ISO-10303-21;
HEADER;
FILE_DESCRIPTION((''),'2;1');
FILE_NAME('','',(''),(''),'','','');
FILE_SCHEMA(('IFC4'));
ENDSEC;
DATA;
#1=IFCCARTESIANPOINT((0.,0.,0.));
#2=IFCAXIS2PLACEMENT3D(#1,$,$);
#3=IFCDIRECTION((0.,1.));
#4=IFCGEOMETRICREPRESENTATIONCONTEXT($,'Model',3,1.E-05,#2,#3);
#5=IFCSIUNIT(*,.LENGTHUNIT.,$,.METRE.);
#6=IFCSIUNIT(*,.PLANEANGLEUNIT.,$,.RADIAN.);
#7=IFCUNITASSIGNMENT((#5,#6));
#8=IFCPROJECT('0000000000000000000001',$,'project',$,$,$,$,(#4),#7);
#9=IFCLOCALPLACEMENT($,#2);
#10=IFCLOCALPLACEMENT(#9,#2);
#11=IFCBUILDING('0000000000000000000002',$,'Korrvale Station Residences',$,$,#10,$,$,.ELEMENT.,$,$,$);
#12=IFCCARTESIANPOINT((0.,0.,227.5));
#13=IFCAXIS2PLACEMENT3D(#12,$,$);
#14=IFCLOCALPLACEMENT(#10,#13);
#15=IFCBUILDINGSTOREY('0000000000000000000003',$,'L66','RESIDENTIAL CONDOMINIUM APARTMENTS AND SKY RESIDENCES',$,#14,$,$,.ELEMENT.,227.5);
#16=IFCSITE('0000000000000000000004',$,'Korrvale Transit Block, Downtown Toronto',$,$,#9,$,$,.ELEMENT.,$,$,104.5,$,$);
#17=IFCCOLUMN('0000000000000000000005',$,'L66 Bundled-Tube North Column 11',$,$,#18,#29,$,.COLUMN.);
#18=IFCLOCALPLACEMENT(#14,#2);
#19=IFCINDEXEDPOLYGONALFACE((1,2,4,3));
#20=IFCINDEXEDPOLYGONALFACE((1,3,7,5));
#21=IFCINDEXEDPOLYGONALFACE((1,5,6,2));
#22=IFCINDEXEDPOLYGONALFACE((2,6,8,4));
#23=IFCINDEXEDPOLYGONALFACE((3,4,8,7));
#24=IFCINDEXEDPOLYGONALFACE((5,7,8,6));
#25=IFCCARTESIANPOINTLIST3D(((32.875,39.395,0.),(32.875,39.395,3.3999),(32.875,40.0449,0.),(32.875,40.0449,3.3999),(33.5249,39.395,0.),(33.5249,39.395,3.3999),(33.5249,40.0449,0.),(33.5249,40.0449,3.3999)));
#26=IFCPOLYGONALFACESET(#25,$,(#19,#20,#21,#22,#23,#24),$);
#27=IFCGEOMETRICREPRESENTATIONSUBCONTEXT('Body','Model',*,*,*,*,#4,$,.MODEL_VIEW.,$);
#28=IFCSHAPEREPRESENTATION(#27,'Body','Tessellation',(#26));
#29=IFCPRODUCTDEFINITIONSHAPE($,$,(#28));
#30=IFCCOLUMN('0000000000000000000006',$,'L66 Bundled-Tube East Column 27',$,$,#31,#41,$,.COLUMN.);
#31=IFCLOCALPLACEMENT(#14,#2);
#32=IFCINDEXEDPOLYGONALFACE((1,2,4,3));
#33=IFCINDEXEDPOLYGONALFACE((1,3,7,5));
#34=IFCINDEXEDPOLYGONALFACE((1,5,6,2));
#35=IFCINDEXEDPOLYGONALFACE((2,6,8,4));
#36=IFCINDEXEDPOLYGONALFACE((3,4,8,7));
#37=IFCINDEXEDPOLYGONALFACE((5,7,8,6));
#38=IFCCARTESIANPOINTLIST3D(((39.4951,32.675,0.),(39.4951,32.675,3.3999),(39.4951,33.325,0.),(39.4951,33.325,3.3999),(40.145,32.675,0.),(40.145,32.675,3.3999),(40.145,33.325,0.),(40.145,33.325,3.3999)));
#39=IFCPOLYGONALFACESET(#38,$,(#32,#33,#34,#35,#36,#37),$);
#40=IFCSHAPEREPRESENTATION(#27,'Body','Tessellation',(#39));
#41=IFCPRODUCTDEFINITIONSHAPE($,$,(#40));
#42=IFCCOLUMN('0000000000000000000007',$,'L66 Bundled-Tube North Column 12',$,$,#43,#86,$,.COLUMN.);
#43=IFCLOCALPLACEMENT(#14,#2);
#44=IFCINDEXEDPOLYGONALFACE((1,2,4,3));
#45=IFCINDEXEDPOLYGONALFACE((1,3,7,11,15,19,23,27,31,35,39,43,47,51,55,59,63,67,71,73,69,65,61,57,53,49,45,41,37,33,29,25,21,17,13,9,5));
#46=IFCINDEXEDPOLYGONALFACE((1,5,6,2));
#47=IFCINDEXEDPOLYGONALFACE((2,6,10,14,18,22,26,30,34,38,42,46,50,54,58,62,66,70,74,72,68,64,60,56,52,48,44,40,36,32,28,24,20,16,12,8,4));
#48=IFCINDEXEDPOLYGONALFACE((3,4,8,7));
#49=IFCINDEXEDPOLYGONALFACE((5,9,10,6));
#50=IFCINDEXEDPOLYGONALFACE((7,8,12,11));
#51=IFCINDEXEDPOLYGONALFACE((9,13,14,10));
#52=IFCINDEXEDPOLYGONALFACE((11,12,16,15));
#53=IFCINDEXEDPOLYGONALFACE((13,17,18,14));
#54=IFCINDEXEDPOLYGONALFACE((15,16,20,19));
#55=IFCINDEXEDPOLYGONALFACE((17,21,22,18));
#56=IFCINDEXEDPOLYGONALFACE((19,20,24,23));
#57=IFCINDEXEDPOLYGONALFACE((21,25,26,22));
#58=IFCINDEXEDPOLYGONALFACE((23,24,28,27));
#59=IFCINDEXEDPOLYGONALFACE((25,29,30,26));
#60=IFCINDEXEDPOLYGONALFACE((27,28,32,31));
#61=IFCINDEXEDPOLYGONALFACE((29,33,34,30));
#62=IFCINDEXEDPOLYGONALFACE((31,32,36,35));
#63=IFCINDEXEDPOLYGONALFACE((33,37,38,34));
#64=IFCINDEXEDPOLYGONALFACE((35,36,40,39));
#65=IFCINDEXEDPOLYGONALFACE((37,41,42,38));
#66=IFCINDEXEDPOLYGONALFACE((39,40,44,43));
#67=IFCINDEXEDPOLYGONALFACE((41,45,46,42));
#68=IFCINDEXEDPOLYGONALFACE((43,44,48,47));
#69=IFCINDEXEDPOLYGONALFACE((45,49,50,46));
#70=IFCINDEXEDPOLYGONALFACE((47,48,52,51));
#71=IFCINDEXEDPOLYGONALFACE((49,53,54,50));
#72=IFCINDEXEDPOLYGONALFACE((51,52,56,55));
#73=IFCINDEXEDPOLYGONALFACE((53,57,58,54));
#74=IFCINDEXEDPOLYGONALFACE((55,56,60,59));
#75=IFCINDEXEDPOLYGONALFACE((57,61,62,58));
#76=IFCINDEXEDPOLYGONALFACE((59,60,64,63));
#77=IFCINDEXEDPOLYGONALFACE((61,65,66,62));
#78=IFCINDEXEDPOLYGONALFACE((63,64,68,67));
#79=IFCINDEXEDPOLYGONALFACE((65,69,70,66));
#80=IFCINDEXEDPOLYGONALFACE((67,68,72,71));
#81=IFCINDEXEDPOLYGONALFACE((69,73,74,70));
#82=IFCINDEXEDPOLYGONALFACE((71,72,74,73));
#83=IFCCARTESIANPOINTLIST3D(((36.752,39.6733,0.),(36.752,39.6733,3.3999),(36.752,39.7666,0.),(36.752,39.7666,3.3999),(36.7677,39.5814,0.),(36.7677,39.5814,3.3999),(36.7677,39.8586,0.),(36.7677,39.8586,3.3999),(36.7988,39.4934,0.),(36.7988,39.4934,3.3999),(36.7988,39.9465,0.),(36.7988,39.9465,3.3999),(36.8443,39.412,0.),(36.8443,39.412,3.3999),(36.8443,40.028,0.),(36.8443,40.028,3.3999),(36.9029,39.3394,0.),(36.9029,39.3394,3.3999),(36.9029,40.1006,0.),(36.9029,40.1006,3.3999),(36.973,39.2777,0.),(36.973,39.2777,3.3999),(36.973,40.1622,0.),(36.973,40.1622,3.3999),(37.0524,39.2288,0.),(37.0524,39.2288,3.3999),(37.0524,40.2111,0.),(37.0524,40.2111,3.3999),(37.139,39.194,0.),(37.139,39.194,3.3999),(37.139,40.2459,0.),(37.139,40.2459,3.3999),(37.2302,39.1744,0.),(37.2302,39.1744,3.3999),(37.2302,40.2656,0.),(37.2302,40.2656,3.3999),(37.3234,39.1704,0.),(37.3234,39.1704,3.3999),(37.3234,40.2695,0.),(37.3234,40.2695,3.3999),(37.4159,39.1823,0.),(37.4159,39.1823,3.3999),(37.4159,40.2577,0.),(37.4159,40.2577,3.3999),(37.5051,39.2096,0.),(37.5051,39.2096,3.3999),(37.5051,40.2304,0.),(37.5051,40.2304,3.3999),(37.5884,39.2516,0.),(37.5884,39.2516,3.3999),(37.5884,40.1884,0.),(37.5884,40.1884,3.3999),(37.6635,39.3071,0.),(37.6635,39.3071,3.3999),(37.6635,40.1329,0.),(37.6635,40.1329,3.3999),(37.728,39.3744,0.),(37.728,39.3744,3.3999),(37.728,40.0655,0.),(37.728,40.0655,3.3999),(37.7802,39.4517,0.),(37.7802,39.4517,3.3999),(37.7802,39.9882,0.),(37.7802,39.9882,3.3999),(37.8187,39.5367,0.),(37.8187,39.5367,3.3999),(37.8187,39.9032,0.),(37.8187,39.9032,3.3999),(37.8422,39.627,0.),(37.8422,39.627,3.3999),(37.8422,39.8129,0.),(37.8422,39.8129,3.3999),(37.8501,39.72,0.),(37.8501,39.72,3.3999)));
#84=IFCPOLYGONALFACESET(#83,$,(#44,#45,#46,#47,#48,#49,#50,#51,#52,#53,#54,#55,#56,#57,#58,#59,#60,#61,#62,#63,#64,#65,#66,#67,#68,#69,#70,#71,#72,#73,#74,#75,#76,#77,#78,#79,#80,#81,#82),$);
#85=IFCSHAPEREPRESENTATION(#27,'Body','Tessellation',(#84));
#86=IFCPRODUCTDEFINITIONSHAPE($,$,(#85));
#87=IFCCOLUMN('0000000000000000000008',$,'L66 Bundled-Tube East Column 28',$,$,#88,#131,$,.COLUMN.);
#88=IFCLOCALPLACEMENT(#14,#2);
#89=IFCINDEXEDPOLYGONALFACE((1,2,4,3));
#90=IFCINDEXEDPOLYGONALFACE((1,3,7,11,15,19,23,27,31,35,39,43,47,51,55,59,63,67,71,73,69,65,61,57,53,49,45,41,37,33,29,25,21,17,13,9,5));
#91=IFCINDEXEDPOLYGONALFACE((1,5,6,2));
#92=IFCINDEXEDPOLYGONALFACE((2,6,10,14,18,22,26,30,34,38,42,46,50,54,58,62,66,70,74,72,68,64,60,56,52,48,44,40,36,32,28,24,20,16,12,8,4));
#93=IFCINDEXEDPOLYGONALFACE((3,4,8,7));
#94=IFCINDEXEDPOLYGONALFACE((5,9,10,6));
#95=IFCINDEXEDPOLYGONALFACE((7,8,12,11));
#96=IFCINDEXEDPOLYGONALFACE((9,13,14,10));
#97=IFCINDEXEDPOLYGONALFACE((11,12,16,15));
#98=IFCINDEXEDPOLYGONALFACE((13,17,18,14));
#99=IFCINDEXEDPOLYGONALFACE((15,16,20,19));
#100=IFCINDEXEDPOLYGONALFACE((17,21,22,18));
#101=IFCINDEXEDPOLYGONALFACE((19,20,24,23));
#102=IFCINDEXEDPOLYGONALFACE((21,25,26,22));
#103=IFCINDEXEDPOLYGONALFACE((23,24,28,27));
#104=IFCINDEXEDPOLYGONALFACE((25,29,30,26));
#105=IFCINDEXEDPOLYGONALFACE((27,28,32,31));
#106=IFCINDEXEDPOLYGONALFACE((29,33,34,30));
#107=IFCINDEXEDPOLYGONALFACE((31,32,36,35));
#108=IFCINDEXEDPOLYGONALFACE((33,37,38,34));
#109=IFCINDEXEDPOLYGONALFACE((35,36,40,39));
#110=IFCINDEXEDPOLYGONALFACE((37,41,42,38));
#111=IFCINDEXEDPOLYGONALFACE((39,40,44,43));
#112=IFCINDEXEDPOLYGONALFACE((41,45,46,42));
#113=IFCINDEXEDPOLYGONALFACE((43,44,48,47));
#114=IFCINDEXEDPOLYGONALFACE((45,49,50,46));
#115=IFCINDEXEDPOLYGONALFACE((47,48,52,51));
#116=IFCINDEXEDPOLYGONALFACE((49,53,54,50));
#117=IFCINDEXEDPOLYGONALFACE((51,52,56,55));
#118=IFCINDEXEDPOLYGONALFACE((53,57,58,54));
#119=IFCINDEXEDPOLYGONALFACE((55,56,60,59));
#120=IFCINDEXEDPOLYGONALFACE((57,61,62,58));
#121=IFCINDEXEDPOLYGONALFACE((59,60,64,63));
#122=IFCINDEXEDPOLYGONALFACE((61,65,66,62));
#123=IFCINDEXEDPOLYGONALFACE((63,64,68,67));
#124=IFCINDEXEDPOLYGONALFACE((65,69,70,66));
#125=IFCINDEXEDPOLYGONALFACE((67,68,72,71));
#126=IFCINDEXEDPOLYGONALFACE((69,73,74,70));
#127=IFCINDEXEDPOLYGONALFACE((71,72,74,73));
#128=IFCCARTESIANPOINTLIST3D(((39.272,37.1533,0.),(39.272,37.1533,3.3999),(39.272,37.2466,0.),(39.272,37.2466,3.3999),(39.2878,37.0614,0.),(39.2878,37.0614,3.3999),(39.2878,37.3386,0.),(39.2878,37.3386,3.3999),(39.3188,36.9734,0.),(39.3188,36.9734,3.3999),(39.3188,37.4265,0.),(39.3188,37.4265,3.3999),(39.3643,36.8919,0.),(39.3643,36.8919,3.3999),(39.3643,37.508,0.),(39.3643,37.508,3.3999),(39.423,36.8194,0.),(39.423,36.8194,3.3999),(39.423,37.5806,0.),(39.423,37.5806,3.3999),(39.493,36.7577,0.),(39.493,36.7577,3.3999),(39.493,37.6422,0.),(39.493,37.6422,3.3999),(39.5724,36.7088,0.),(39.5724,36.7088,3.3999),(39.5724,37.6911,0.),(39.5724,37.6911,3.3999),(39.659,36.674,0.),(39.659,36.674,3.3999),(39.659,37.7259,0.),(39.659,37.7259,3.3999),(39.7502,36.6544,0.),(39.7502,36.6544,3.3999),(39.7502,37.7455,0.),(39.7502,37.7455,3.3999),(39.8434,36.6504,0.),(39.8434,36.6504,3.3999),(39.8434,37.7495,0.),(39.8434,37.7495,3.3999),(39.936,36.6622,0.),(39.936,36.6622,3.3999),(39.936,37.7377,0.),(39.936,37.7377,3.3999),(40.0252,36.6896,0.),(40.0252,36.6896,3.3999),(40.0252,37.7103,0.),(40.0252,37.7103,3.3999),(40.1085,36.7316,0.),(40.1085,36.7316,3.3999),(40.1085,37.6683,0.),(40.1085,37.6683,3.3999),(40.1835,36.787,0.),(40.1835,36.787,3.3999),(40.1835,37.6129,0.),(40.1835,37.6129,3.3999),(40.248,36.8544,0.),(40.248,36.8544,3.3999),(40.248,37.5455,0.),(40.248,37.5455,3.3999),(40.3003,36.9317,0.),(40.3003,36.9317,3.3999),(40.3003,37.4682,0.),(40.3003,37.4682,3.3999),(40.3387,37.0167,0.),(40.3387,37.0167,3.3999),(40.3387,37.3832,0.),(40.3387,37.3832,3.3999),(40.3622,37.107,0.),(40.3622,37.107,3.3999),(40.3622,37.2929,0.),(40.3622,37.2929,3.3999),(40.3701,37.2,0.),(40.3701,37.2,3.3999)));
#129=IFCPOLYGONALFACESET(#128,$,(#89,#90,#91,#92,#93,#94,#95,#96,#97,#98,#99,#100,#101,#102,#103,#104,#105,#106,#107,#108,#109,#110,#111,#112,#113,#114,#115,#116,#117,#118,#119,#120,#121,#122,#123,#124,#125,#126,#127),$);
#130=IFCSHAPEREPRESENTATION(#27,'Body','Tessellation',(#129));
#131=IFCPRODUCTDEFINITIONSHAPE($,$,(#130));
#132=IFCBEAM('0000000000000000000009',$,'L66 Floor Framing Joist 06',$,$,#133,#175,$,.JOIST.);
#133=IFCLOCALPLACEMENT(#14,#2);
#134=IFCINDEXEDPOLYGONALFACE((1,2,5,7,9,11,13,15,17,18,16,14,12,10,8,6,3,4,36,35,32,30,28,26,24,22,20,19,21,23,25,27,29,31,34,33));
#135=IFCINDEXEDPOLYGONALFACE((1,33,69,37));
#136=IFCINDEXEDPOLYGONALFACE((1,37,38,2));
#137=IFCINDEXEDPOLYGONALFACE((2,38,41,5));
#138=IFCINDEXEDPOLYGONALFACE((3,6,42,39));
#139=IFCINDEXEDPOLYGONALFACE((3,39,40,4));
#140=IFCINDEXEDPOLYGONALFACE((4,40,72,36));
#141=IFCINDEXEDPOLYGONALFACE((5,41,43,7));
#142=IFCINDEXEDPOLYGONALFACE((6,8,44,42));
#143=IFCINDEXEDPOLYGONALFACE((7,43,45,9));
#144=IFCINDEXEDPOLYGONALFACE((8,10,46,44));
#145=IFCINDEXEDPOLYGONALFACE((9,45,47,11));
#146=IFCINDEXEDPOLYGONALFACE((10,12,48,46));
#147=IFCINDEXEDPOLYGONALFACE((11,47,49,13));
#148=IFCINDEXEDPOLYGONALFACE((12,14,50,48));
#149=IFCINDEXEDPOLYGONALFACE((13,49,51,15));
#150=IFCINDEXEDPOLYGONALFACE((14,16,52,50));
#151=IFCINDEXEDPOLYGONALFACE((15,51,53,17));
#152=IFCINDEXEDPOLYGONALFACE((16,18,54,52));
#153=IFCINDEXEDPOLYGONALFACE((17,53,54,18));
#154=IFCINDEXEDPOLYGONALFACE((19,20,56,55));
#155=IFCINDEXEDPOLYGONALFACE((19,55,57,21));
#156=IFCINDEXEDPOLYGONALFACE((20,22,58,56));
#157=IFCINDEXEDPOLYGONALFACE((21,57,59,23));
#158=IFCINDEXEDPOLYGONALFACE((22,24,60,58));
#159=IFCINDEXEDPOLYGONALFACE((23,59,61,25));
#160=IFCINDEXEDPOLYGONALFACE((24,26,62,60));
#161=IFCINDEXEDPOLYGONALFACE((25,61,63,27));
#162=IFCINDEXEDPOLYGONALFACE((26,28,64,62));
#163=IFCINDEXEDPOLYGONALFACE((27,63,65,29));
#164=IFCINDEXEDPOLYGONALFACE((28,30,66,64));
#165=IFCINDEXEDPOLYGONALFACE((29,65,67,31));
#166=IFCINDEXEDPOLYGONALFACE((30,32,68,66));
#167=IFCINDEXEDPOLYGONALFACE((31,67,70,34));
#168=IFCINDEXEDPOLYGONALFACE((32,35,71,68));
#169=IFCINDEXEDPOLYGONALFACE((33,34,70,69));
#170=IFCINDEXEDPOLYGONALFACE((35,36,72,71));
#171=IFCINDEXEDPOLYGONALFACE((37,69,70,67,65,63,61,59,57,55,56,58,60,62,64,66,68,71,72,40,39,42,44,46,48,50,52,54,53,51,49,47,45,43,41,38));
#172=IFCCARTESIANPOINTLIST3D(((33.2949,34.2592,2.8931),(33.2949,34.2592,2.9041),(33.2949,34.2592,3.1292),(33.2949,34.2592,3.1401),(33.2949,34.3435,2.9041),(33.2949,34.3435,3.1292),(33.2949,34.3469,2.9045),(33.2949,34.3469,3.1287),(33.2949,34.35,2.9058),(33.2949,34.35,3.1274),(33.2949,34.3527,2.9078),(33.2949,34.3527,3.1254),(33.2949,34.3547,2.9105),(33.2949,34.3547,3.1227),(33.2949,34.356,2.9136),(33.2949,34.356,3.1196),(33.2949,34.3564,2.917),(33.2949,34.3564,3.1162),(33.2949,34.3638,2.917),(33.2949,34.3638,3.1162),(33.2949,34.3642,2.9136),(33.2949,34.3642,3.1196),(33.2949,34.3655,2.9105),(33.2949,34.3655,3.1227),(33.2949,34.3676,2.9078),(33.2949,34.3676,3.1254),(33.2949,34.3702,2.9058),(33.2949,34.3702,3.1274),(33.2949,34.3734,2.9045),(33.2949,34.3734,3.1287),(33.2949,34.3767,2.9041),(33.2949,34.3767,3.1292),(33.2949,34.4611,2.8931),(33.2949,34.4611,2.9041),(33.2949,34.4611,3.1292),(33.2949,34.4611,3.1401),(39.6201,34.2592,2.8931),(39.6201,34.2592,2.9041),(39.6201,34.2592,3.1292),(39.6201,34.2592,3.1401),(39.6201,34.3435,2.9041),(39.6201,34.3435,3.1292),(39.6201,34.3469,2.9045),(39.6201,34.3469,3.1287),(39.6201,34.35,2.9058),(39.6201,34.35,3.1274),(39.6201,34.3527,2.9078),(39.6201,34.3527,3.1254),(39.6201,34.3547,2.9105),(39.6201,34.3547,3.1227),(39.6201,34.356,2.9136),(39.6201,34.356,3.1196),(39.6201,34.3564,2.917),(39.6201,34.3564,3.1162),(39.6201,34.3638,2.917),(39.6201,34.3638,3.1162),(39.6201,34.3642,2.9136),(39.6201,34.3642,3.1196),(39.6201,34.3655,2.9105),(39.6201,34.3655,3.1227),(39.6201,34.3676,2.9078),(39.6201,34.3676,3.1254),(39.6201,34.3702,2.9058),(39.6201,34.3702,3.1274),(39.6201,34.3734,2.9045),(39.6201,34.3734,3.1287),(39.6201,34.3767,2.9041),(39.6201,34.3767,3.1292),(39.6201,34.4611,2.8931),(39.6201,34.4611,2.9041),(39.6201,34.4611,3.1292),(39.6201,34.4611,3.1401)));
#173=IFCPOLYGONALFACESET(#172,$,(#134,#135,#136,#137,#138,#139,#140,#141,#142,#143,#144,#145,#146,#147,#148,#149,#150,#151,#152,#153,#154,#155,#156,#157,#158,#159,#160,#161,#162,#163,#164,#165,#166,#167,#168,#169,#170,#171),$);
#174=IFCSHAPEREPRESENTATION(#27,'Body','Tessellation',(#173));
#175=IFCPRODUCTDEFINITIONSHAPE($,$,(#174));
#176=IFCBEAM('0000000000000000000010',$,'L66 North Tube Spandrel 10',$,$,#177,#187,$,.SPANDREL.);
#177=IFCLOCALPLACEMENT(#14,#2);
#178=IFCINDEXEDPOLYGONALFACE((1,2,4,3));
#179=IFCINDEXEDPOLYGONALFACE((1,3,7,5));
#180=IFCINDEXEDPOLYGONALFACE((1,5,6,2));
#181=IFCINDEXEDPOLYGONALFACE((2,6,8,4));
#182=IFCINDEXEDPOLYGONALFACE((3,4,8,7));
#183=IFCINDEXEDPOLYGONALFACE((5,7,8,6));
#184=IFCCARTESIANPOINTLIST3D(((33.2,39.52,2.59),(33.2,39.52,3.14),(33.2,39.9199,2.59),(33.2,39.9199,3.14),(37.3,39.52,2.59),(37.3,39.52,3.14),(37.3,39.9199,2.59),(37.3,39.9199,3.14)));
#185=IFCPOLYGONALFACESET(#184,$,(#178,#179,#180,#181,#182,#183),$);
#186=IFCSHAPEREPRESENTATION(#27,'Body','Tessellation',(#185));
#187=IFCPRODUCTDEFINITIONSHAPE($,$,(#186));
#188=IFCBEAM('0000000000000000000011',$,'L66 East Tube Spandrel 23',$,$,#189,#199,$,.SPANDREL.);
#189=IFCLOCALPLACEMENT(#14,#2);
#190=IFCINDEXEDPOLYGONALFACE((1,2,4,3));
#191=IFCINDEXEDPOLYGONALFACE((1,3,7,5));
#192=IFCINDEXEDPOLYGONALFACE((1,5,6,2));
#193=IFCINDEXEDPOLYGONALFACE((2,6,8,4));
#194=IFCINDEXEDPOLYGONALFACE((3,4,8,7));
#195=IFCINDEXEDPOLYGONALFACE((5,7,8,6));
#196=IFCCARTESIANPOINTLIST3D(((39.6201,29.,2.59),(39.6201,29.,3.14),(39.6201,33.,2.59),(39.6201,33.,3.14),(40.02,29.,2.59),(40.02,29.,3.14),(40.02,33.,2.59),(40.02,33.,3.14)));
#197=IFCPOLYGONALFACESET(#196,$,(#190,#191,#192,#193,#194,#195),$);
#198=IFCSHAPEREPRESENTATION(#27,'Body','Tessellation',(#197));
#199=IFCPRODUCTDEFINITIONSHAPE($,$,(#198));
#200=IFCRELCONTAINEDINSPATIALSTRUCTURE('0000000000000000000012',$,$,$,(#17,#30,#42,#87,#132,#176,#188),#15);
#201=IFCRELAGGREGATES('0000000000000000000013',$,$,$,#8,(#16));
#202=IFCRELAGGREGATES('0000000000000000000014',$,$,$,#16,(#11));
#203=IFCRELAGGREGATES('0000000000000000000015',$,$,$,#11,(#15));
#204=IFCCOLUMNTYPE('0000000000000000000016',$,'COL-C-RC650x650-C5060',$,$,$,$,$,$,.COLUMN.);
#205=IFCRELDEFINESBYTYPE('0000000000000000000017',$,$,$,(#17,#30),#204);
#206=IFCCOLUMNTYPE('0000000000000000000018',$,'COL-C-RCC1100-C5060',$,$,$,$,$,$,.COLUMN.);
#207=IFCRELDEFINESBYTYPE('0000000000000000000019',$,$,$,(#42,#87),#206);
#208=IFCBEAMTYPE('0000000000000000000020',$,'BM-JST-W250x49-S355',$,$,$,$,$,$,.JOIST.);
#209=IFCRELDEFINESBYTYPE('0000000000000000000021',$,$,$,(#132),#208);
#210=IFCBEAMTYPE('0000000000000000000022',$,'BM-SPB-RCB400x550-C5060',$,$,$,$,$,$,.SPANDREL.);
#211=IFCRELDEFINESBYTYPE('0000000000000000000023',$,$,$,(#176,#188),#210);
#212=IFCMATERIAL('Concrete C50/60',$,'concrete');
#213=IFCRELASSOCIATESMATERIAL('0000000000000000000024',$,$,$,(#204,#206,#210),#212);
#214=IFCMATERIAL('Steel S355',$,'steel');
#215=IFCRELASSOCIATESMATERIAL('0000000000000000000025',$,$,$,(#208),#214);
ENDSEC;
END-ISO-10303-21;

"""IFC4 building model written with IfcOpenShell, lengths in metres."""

from ifc_helpers import new_model, si_unit, direction, frame, origin, origin_2d, place, context, subcontext, project, spatial, rectangle, circle, i_section, extrude, material, material_profile, profile_set, type_object, element, save


model = new_model("IFC4")

# Units and contexts
model_context = context("Model", 3, precision=1e-05, world=origin(), true_north=direction((0.0, 1.0)))
body_context = subcontext(model_context, "Body", "Model", "MODEL_VIEW")
ifc_project = project(units=[si_unit("LENGTHUNIT", "METRE"), si_unit("PLANEANGLEUNIT", "RADIAN")], contexts=[model_context])

# Site, building, storey
site_placement = place(None, origin())
site = spatial("IfcSite", under=ifc_project, at=site_placement, Name="Korrvale Transit Block, Downtown Toronto", CompositionType="ELEMENT", RefElevation=104.5)
building_placement = place(site_placement, origin())
building = spatial("IfcBuilding", under=site, at=building_placement, Name="Korrvale Station Residences", CompositionType="ELEMENT")
storey_placement = place(building_placement, frame((0.0, 0.0, 227.5)))
storey = spatial("IfcBuildingStorey", under=building, at=storey_placement, Name="L66", Description="RESIDENTIAL CONDOMINIUM APARTMENTS AND SKY RESIDENCES", CompositionType="ELEMENT", Elevation=227.5)

# Columns
ifc_material_1 = material(Name="Concrete C50/60", Category="concrete")
ifc_material_profile_1 = material_profile(ifc_material_1, rectangle(XDim=0.6499, YDim=0.6499, at=origin_2d()), Name="RC650x650")
ifc_profile_set_1 = profile_set([ifc_material_profile_1], Name="Concrete C50/60")
column_type_1 = type_object("IfcColumnType", Name="COL-C-RC650x650-C5060", PredefinedType="COLUMN", material=ifc_profile_set_1)
for number, where, z_axis, x_axis, name in (
    (1, (33.2, 39.72, 0.0), (0.0, 0.0, 1.0), (1.0, 0.0, 0.0), "L66 Bundled-Tube North Column 11"),
    (2, (39.8201, 33.0, 0.0), (0.0, 0.0, 1.0), (1.0, 0.0, 0.0), "L66 Bundled-Tube East Column 27"),
):
    element("IfcColumn", number, at=place(storey_placement, frame(where, z_axis=z_axis, x_axis=x_axis)), inside=storey, type_object=column_type_1, Name=name, PredefinedType="COLUMN", context=body_context, shape_type="SweptSolid", body=[
        extrude(rectangle(XDim=0.6499, YDim=0.6499, at=origin_2d()), origin(), (0.0, 0.0, 1.0), 3.3999),
    ])
ifc_material_profile_2 = material_profile(ifc_material_1, circle(Radius=0.55, at=origin_2d()), Name="RCC1100")
ifc_profile_set_2 = profile_set([ifc_material_profile_2], Name="Concrete C50/60")
column_type_2 = type_object("IfcColumnType", Name="COL-C-RCC1100-C5060", PredefinedType="COLUMN", material=ifc_profile_set_2)
for number, where, z_axis, x_axis, name in (
    (3, (37.3, 39.72, 0.0), (0.0, 0.0, 1.0), (1.0, 0.0, 0.0), "L66 Bundled-Tube North Column 12"),
    (4, (39.8201, 37.2, 0.0), (0.0, 0.0, 1.0), (1.0, 0.0, 0.0), "L66 Bundled-Tube East Column 28"),
):
    element("IfcColumn", number, at=place(storey_placement, frame(where, z_axis=z_axis, x_axis=x_axis)), inside=storey, type_object=column_type_2, Name=name, PredefinedType="COLUMN", context=body_context, shape_type="SweptSolid", body=[
        extrude(circle(Radius=0.55, at=origin_2d()), origin(), (0.0, 0.0, 1.0), 3.3999),
    ])

# Beams
ifc_material_2 = material(Name="Steel S355", Category="steel")
ifc_material_profile_3 = material_profile(ifc_material_2, i_section(OverallWidth=0.2019, OverallDepth=0.2471, WebThickness=0.0073, FlangeThickness=0.011, FilletRadius=0.0129, at=origin_2d()), Name="W250x49")
ifc_profile_set_3 = profile_set([ifc_material_profile_3], Name="Steel S355")
beam_type_1 = type_object("IfcBeamType", Name="BM-JST-W250x49-S355", PredefinedType="JOIST", material=ifc_profile_set_3)
beam_1_placement = place(storey_placement, frame((33.2949, 34.3601, 3.0166), z_axis=(1.0, 0.0, 0.0), x_axis=(0.0, 1.0, 0.0)))
element("IfcBeam", 5, at=beam_1_placement, inside=storey, type_object=beam_type_1, Name="L66 Floor Framing Joist 06", PredefinedType="JOIST", context=body_context, shape_type="SweptSolid", body=[
    extrude(i_section(OverallWidth=0.2019, OverallDepth=0.2471, WebThickness=0.0073, FlangeThickness=0.011, FilletRadius=0.0129, at=origin_2d()), origin(), (0.0, 0.0, 1.0), 6.3252),
])
ifc_material_profile_4 = material_profile(ifc_material_1, rectangle(XDim=0.3999, YDim=0.55, at=origin_2d()), Name="RCB400x550")
ifc_profile_set_4 = profile_set([ifc_material_profile_4], Name="Concrete C50/60")
beam_type_2 = type_object("IfcBeamType", Name="BM-SPB-RCB400x550-C5060", PredefinedType="SPANDREL", material=ifc_profile_set_4)
beam_2_placement = place(storey_placement, frame((33.2, 39.72, 2.865), z_axis=(1.0, 0.0, 0.0), x_axis=(0.0, 1.0, 0.0)))
element("IfcBeam", 6, at=beam_2_placement, inside=storey, type_object=beam_type_2, Name="L66 North Tube Spandrel 10", PredefinedType="SPANDREL", context=body_context, shape_type="SweptSolid", body=[
    extrude(rectangle(XDim=0.3999, YDim=0.55, at=origin_2d()), origin(), (0.0, 0.0, 1.0), 4.1001),
])
beam_3_placement = place(storey_placement, frame((39.8201, 29.0, 2.865), z_axis=(0.0, 1.0, 0.0), x_axis=(-1.0, 0.0, 0.0)))
element("IfcBeam", 7, at=beam_3_placement, inside=storey, type_object=beam_type_2, Name="L66 East Tube Spandrel 23", PredefinedType="SPANDREL", context=body_context, shape_type="SweptSolid", body=[
    extrude(rectangle(XDim=0.3999, YDim=0.55, at=origin_2d()), origin(), (0.0, 0.0, 1.0), 4.0),
])

save(model, "model.ifc")
